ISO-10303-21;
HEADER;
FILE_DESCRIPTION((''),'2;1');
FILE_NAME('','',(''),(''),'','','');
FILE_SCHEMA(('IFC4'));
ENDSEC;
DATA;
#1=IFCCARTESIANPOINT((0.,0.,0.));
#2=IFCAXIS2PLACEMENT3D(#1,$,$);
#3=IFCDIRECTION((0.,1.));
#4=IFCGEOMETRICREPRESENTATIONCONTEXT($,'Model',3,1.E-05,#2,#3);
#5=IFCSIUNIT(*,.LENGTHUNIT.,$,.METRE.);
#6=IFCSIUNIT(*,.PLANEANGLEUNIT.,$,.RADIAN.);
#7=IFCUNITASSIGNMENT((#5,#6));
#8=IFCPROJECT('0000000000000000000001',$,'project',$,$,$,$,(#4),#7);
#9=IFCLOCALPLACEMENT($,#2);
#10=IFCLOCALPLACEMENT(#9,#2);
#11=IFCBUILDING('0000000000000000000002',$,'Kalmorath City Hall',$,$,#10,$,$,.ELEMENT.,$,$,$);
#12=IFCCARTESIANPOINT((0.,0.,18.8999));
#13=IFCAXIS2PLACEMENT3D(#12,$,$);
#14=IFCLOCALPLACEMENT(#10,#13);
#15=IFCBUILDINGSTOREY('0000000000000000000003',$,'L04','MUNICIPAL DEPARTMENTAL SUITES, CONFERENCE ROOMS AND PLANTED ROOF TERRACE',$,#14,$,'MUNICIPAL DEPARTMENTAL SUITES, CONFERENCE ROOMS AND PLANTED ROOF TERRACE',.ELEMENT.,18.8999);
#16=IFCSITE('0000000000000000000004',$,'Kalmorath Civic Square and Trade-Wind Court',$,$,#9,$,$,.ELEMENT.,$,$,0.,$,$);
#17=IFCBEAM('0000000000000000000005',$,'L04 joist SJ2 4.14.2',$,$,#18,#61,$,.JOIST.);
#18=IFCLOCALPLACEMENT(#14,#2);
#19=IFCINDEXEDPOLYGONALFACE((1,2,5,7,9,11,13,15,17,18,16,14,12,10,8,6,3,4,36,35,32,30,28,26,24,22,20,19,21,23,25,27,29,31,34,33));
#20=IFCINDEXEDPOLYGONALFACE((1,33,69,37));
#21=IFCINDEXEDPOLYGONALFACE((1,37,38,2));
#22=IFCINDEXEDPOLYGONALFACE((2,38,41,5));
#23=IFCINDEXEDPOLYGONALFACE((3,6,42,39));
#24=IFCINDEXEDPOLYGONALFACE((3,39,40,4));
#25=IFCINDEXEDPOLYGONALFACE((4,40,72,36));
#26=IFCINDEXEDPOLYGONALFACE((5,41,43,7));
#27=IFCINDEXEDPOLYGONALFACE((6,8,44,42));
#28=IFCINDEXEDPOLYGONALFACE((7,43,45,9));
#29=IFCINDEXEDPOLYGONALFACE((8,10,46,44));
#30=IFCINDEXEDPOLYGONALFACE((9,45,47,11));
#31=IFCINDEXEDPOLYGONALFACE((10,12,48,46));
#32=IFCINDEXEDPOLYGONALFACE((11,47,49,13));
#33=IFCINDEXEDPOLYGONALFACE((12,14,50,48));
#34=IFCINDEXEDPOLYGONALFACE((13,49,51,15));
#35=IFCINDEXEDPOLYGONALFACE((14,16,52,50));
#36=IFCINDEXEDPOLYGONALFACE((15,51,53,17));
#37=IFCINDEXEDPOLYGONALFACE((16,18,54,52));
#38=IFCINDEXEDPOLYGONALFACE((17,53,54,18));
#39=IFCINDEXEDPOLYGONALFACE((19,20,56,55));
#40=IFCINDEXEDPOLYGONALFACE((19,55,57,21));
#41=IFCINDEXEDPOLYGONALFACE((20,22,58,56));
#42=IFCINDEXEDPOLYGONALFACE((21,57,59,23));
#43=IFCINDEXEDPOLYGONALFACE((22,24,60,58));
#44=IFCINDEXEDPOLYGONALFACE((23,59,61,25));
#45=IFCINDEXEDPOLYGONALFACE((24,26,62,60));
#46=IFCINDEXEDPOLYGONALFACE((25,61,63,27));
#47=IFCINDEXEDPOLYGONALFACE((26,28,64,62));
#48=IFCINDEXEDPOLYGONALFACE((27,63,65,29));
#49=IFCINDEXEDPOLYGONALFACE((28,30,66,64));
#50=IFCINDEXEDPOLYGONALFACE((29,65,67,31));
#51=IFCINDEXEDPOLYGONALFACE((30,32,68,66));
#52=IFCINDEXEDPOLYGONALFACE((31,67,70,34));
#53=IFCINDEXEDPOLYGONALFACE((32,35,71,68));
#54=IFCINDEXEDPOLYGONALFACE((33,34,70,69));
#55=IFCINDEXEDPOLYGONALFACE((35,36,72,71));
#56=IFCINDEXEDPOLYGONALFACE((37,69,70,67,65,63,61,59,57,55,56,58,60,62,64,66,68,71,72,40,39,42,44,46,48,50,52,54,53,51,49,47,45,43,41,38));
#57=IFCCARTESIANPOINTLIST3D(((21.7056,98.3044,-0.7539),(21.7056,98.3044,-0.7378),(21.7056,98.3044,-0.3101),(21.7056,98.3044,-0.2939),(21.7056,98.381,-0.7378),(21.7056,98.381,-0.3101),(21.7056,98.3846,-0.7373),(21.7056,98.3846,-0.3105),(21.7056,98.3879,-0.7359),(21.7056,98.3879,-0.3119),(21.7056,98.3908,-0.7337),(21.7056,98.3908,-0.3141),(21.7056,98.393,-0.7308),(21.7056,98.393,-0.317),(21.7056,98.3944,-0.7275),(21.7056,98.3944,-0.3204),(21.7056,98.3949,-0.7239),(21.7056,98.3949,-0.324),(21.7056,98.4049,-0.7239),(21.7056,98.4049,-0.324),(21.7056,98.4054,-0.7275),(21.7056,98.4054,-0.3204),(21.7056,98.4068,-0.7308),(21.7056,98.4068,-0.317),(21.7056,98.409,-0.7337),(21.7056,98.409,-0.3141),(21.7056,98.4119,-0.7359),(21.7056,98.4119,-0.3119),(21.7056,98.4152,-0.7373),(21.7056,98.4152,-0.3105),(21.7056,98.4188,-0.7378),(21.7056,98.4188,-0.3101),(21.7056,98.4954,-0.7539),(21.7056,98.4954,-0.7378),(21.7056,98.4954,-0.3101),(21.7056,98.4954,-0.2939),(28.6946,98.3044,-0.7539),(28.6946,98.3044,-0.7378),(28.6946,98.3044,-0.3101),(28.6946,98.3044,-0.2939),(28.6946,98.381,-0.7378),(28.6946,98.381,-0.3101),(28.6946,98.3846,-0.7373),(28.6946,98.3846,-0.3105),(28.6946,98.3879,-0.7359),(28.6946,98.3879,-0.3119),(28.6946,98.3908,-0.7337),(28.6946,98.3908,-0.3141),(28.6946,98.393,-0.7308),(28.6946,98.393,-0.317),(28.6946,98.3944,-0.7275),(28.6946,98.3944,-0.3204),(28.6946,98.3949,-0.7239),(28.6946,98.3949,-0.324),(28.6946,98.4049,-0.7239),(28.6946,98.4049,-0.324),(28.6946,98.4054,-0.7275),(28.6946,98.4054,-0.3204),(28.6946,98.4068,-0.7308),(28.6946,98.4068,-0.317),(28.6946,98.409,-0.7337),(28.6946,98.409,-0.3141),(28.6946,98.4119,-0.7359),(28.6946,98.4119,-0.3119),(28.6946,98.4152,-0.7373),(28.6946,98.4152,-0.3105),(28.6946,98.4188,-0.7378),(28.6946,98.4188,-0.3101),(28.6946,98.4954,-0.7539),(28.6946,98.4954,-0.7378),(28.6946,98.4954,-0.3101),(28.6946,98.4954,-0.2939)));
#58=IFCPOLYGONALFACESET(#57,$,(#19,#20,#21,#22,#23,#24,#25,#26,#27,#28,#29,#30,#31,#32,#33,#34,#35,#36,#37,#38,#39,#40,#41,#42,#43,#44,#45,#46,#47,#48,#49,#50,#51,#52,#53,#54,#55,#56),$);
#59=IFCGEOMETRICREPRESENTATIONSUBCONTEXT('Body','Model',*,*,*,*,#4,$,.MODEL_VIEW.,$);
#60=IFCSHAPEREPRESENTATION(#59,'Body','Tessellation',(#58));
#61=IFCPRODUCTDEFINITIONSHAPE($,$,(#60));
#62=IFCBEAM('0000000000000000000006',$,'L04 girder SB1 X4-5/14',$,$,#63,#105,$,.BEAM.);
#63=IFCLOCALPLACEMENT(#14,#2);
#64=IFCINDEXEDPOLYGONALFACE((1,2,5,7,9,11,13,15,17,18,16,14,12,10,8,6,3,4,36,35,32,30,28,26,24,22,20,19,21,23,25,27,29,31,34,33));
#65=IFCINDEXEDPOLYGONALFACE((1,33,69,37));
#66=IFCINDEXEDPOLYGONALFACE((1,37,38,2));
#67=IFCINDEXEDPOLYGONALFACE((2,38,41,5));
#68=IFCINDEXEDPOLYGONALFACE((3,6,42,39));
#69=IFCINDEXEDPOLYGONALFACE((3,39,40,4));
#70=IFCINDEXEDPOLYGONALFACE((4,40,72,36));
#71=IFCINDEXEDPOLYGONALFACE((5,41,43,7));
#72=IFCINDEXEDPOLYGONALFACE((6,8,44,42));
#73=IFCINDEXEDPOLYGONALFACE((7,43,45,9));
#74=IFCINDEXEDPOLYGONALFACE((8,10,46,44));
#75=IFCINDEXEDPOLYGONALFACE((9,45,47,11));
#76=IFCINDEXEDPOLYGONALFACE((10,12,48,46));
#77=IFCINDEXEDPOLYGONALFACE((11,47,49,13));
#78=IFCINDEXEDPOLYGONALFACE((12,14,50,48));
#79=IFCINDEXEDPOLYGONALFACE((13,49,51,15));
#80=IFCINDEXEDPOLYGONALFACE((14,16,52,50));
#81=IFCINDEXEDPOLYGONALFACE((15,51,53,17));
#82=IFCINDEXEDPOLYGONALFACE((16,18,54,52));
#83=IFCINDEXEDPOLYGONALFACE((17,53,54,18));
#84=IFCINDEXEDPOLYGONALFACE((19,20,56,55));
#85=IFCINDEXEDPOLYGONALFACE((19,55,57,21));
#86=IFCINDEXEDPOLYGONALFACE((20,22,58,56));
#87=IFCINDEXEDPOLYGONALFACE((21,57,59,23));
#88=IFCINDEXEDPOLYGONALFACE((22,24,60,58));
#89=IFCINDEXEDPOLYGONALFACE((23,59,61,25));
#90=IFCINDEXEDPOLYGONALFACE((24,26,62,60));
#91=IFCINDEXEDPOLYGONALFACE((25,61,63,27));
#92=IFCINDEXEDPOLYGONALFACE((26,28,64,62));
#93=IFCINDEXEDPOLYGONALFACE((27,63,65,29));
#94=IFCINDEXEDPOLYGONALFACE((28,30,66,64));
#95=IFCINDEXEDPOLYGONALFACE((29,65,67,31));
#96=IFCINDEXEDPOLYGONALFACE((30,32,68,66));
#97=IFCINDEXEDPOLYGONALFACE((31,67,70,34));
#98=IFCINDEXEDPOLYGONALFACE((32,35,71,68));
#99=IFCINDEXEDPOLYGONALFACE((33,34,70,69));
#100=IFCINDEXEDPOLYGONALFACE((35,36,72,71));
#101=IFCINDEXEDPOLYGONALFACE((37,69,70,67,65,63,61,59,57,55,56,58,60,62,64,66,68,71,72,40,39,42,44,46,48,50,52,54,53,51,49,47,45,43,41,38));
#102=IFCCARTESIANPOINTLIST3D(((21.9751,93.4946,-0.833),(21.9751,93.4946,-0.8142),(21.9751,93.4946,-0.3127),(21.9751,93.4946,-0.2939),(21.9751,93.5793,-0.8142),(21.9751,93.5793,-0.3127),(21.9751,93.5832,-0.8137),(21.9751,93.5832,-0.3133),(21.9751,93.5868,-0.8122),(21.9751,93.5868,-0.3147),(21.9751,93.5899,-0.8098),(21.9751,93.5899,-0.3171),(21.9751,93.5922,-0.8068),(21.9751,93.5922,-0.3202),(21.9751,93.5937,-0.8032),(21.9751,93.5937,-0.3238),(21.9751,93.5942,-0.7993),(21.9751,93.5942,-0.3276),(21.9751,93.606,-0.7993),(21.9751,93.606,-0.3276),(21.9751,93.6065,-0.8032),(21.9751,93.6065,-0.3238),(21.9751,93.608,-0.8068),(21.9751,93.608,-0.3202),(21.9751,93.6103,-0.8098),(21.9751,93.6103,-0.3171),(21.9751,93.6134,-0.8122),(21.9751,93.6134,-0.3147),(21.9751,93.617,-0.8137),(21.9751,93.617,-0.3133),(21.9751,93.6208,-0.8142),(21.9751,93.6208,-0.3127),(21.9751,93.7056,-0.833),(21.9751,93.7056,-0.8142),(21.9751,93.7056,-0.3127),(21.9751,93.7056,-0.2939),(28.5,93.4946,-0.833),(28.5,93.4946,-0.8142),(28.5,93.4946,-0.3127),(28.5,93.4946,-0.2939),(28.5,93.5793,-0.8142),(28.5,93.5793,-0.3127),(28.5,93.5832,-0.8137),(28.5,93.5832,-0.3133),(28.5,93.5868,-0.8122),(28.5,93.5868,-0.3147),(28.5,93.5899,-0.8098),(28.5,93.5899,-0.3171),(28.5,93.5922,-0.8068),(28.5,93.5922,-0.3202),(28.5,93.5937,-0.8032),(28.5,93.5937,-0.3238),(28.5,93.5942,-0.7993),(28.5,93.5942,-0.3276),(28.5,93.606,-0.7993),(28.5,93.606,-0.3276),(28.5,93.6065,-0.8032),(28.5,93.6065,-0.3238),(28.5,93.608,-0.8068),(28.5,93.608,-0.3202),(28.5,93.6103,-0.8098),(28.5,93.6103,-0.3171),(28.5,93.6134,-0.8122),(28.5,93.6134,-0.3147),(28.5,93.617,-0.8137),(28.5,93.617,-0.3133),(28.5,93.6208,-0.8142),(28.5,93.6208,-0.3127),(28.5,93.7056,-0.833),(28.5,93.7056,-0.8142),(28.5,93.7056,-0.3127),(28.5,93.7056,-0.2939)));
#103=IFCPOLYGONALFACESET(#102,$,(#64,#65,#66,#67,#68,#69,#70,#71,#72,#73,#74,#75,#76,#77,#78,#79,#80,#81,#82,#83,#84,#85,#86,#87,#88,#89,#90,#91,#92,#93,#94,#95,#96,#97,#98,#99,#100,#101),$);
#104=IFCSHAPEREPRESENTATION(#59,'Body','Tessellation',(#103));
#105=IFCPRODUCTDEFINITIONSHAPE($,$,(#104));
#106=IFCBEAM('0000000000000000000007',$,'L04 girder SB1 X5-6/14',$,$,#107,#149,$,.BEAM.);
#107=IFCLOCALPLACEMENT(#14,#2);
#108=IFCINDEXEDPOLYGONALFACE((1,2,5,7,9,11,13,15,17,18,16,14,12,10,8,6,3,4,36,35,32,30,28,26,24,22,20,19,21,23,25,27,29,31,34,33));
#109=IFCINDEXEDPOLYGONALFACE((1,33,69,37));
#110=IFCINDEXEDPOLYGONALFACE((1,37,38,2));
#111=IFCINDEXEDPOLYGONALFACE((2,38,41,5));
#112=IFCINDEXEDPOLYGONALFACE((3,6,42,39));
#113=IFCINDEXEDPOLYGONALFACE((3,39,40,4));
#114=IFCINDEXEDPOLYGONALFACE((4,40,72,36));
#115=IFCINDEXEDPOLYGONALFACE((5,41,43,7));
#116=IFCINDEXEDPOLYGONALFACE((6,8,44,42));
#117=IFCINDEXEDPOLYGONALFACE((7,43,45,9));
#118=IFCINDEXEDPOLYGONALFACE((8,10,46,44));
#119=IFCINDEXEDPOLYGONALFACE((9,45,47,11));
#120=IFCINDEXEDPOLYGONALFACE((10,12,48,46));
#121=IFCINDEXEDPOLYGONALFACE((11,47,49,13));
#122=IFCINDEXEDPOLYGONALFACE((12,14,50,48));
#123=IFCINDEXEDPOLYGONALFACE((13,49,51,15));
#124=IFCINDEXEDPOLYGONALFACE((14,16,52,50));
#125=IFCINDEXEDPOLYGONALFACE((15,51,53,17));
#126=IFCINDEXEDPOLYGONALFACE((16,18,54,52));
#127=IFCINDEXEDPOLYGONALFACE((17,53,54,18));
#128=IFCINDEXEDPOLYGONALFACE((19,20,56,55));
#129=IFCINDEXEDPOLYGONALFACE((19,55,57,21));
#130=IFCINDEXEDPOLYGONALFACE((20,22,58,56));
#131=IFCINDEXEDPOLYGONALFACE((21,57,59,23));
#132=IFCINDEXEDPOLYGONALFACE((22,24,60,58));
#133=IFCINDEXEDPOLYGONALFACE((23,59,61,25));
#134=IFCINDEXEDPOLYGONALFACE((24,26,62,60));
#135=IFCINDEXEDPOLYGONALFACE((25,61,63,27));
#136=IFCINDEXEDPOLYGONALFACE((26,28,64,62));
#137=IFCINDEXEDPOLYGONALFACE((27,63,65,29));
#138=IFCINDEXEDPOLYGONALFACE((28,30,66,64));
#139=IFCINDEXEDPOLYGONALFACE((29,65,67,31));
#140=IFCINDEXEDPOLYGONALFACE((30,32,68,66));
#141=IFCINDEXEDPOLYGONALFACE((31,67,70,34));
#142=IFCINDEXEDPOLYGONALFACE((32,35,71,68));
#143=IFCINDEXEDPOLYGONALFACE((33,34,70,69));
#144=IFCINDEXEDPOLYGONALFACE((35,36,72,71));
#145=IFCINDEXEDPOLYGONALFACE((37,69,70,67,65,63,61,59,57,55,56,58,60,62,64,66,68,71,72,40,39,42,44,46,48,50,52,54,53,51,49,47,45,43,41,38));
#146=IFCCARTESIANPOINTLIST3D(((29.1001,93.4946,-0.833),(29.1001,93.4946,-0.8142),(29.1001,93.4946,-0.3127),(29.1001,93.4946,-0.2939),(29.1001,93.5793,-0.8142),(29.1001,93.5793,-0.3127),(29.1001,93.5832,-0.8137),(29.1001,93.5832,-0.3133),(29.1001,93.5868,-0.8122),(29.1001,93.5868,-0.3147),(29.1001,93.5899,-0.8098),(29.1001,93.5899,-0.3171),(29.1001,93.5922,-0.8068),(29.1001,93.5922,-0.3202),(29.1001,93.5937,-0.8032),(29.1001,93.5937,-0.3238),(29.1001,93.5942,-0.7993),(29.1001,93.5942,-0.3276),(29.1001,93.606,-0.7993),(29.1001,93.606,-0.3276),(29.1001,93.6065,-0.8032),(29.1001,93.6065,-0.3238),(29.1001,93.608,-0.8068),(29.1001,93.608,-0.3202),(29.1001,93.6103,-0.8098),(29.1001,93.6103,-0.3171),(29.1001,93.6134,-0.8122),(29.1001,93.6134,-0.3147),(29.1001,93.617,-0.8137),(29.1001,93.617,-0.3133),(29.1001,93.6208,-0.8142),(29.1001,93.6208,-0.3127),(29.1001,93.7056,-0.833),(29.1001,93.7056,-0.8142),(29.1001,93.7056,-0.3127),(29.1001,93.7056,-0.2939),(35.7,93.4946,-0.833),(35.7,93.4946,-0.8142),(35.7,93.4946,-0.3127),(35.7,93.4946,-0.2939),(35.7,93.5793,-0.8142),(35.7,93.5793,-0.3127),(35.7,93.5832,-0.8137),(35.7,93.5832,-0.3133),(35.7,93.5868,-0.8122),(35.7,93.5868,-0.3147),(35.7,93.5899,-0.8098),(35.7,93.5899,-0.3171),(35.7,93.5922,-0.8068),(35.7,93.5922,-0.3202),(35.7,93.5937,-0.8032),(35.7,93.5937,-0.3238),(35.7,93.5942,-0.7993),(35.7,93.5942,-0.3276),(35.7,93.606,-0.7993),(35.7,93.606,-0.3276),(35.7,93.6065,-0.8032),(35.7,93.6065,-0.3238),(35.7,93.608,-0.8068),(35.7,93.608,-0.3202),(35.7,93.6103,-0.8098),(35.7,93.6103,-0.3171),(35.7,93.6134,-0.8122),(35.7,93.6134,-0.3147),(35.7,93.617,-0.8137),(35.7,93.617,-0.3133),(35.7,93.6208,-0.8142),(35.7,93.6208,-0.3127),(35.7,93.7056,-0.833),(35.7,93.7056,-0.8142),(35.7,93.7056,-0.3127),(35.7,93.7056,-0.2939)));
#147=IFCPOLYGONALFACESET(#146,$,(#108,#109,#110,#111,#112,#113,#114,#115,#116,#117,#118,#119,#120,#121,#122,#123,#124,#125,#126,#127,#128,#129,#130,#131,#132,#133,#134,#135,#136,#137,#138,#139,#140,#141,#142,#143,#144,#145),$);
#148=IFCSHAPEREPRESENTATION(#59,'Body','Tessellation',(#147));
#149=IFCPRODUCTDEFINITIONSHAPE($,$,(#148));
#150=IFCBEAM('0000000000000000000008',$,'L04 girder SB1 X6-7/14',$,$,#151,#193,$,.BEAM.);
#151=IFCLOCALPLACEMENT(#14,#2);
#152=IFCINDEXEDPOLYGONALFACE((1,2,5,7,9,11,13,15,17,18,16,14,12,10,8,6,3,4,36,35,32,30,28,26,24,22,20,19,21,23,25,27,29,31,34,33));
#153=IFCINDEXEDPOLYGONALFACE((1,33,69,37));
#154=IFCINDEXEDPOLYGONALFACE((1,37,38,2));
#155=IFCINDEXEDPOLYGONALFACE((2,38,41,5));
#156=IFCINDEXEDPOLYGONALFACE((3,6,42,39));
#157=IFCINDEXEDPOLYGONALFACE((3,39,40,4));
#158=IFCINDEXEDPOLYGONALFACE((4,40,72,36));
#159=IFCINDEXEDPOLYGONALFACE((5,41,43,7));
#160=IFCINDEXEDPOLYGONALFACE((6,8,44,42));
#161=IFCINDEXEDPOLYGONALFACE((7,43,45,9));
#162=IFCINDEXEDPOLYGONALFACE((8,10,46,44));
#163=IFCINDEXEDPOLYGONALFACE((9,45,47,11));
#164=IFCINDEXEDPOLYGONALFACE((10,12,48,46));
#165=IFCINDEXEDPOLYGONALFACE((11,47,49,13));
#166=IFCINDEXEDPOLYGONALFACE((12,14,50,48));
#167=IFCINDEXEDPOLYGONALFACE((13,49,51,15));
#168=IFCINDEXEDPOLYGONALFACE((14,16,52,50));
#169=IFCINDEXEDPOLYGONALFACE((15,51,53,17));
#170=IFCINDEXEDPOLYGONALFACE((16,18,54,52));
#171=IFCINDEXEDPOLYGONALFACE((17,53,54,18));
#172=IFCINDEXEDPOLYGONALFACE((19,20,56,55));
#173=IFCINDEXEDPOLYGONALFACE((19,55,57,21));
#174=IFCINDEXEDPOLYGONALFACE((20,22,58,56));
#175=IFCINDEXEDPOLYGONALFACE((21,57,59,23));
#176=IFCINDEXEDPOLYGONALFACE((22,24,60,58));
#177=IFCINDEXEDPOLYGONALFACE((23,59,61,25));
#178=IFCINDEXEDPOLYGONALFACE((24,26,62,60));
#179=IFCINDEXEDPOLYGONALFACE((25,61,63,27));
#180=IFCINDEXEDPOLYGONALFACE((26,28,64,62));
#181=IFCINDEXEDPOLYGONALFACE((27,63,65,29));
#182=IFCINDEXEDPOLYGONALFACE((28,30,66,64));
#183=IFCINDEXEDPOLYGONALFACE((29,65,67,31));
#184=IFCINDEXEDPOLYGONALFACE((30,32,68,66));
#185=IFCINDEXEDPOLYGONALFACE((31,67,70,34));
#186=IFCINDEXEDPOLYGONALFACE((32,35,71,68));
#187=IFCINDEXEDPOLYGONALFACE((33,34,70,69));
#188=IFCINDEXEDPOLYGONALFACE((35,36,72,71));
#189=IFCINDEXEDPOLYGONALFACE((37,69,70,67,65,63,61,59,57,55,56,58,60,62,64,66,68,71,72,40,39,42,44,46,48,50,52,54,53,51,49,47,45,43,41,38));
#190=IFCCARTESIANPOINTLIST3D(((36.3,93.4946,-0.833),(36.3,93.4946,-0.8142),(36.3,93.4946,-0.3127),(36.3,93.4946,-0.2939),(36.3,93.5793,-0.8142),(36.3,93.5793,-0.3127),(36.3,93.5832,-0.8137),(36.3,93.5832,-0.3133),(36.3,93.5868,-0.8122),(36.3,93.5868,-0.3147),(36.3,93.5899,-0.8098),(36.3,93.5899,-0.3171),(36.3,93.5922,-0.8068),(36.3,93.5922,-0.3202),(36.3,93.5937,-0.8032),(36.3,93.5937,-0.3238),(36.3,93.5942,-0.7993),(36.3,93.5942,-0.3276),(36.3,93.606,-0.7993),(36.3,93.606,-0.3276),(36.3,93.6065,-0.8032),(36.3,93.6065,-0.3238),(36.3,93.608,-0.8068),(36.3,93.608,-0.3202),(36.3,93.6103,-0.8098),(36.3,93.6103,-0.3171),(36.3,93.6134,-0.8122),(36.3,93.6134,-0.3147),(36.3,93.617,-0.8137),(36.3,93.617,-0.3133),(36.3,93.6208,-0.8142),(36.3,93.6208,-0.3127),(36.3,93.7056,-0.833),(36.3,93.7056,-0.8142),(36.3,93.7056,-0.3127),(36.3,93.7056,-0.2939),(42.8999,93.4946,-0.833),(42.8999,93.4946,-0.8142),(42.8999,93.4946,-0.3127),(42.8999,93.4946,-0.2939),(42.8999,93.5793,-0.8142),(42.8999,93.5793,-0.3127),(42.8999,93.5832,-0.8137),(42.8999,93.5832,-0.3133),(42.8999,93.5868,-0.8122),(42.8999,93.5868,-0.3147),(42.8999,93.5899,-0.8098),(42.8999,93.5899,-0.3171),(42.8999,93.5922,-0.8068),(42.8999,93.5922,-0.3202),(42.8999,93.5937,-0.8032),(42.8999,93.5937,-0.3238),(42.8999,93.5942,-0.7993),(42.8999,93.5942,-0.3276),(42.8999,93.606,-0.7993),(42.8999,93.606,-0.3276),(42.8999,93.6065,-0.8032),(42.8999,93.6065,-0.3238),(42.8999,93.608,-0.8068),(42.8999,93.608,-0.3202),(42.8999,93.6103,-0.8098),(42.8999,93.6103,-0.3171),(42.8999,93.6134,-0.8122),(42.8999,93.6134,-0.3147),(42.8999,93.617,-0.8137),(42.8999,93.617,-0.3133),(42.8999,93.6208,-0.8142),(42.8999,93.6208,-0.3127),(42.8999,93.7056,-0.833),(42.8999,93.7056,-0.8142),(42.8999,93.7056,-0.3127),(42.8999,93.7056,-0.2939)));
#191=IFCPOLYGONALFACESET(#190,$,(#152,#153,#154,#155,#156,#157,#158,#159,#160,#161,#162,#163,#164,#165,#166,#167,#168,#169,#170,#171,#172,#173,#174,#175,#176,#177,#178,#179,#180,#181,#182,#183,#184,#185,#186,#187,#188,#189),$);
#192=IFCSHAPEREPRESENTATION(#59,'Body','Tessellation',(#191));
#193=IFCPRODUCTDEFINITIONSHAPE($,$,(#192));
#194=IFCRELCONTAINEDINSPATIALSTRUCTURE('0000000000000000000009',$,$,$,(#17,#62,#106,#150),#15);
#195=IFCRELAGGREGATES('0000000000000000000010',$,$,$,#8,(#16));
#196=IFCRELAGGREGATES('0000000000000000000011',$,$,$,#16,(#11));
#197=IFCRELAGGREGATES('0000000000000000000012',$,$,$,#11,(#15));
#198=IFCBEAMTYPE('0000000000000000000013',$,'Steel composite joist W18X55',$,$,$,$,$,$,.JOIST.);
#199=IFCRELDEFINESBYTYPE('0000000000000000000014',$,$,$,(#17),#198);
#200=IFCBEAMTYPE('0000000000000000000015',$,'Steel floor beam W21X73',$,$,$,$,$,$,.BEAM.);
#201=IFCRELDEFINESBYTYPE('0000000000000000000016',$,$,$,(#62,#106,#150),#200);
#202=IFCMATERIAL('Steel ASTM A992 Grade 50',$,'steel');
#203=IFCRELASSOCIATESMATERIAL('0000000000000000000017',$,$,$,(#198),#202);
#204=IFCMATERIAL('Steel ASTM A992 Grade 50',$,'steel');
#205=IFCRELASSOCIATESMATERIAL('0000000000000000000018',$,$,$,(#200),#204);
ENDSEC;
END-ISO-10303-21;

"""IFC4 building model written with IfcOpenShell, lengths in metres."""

from ifc_helpers import new_model, si_unit, direction, frame, origin, origin_2d, place, context, subcontext, project, spatial, i_section, extrude, material, material_profile, profile_set, type_object, element, save


model = new_model("IFC4")

# Units and contexts
model_context = context("Model", 3, precision=1e-05, world=origin(), true_north=direction((0.0, 1.0)))
body_context = subcontext(model_context, "Body", "Model", "MODEL_VIEW")
ifc_project = project(units=[si_unit("LENGTHUNIT", "METRE"), si_unit("PLANEANGLEUNIT", "RADIAN")], contexts=[model_context])

# Site, building, storey
site_placement = place(None, origin())
site = spatial("IfcSite", under=ifc_project, at=site_placement, Name="Kalmorath Civic Square and Trade-Wind Court", CompositionType="ELEMENT", RefElevation=0.0)
building_placement = place(site_placement, origin())
building = spatial("IfcBuilding", under=site, at=building_placement, Name="Kalmorath City Hall", CompositionType="ELEMENT")
storey_placement = place(building_placement, frame((0.0, 0.0, 18.8999)))
storey = spatial("IfcBuildingStorey", under=building, at=storey_placement, Name="L04", Description="MUNICIPAL DEPARTMENTAL SUITES, CONFERENCE ROOMS AND PLANTED ROOF TERRACE", LongName="MUNICIPAL DEPARTMENTAL SUITES, CONFERENCE ROOMS AND PLANTED ROOF TERRACE", CompositionType="ELEMENT", Elevation=18.8999)

# Beams
ifc_material_1 = material(Name="Steel ASTM A992 Grade 50", Category="steel")
ifc_material_profile_1 = material_profile(ifc_material_1, i_section(OverallWidth=0.1909, OverallDepth=0.46, WebThickness=0.01, FlangeThickness=0.0161, FilletRadius=0.0139, at=origin_2d()), Name="W18X55")
ifc_profile_set_1 = profile_set([ifc_material_profile_1], Name="Steel ASTM A992 Grade 50")
beam_type_1 = type_object("IfcBeamType", Name="Steel composite joist W18X55", PredefinedType="JOIST", material=ifc_profile_set_1)
for number, where, z_axis, x_axis, name in (
    (1, (21.7056, 98.3999, -0.5239), (1.0, 0.0, 0.0), (0.0, 1.0, 0.0), "L04 joist SJ2 4.14.2"),
):
    element("IfcBeam", number, at=place(storey_placement, frame(where, z_axis=z_axis, x_axis=x_axis)), inside=storey, type_object=beam_type_1, Name=name, PredefinedType="JOIST", context=body_context, shape_type="SweptSolid", body=[
        extrude(i_section(OverallWidth=0.1909, OverallDepth=0.46, WebThickness=0.01, FlangeThickness=0.0161, FilletRadius=0.0139, at=origin_2d()), origin(), (0.0, 0.0, 1.0), 6.989),
    ])
ifc_material_2 = material(Name="Steel ASTM A992 Grade 50", Category="steel")
ifc_material_profile_2 = material_profile(ifc_material_2, i_section(OverallWidth=0.2109, OverallDepth=0.5391, WebThickness=0.0117, FlangeThickness=0.0188, FilletRadius=0.0149, at=origin_2d()), Name="W21X73")
ifc_profile_set_2 = profile_set([ifc_material_profile_2], Name="Steel ASTM A992 Grade 50")
beam_type_2 = type_object("IfcBeamType", Name="Steel floor beam W21X73", PredefinedType="BEAM", material=ifc_profile_set_2)
beam_1_placement = place(storey_placement, frame((21.9751, 93.6001, -0.5635), z_axis=(1.0, 0.0, 0.0), x_axis=(0.0, 1.0, 0.0)))
element("IfcBeam", 2, at=beam_1_placement, inside=storey, type_object=beam_type_2, Name="L04 girder SB1 X4-5/14", PredefinedType="BEAM", context=body_context, shape_type="SweptSolid", body=[
    extrude(i_section(OverallWidth=0.2109, OverallDepth=0.5391, WebThickness=0.0117, FlangeThickness=0.0188, FilletRadius=0.0149, at=origin_2d()), origin(), (0.0, 0.0, 1.0), 6.5249),
])
for number, where, z_axis, x_axis, name in (
    (3, (29.1001, 93.6001, -0.5635), (1.0, 0.0, 0.0), (0.0, 1.0, 0.0), "L04 girder SB1 X5-6/14"),
    (4, (36.3, 93.6001, -0.5635), (1.0, 0.0, 0.0), (0.0, 1.0, 0.0), "L04 girder SB1 X6-7/14"),
):
    element("IfcBeam", number, at=place(storey_placement, frame(where, z_axis=z_axis, x_axis=x_axis)), inside=storey, type_object=beam_type_2, Name=name, PredefinedType="BEAM", context=body_context, shape_type="SweptSolid", body=[
        extrude(i_section(OverallWidth=0.2109, OverallDepth=0.5391, WebThickness=0.0117, FlangeThickness=0.0188, FilletRadius=0.0149, at=origin_2d()), origin(), (0.0, 0.0, 1.0), 6.5999),
    ])

save(model, "model.ifc")
